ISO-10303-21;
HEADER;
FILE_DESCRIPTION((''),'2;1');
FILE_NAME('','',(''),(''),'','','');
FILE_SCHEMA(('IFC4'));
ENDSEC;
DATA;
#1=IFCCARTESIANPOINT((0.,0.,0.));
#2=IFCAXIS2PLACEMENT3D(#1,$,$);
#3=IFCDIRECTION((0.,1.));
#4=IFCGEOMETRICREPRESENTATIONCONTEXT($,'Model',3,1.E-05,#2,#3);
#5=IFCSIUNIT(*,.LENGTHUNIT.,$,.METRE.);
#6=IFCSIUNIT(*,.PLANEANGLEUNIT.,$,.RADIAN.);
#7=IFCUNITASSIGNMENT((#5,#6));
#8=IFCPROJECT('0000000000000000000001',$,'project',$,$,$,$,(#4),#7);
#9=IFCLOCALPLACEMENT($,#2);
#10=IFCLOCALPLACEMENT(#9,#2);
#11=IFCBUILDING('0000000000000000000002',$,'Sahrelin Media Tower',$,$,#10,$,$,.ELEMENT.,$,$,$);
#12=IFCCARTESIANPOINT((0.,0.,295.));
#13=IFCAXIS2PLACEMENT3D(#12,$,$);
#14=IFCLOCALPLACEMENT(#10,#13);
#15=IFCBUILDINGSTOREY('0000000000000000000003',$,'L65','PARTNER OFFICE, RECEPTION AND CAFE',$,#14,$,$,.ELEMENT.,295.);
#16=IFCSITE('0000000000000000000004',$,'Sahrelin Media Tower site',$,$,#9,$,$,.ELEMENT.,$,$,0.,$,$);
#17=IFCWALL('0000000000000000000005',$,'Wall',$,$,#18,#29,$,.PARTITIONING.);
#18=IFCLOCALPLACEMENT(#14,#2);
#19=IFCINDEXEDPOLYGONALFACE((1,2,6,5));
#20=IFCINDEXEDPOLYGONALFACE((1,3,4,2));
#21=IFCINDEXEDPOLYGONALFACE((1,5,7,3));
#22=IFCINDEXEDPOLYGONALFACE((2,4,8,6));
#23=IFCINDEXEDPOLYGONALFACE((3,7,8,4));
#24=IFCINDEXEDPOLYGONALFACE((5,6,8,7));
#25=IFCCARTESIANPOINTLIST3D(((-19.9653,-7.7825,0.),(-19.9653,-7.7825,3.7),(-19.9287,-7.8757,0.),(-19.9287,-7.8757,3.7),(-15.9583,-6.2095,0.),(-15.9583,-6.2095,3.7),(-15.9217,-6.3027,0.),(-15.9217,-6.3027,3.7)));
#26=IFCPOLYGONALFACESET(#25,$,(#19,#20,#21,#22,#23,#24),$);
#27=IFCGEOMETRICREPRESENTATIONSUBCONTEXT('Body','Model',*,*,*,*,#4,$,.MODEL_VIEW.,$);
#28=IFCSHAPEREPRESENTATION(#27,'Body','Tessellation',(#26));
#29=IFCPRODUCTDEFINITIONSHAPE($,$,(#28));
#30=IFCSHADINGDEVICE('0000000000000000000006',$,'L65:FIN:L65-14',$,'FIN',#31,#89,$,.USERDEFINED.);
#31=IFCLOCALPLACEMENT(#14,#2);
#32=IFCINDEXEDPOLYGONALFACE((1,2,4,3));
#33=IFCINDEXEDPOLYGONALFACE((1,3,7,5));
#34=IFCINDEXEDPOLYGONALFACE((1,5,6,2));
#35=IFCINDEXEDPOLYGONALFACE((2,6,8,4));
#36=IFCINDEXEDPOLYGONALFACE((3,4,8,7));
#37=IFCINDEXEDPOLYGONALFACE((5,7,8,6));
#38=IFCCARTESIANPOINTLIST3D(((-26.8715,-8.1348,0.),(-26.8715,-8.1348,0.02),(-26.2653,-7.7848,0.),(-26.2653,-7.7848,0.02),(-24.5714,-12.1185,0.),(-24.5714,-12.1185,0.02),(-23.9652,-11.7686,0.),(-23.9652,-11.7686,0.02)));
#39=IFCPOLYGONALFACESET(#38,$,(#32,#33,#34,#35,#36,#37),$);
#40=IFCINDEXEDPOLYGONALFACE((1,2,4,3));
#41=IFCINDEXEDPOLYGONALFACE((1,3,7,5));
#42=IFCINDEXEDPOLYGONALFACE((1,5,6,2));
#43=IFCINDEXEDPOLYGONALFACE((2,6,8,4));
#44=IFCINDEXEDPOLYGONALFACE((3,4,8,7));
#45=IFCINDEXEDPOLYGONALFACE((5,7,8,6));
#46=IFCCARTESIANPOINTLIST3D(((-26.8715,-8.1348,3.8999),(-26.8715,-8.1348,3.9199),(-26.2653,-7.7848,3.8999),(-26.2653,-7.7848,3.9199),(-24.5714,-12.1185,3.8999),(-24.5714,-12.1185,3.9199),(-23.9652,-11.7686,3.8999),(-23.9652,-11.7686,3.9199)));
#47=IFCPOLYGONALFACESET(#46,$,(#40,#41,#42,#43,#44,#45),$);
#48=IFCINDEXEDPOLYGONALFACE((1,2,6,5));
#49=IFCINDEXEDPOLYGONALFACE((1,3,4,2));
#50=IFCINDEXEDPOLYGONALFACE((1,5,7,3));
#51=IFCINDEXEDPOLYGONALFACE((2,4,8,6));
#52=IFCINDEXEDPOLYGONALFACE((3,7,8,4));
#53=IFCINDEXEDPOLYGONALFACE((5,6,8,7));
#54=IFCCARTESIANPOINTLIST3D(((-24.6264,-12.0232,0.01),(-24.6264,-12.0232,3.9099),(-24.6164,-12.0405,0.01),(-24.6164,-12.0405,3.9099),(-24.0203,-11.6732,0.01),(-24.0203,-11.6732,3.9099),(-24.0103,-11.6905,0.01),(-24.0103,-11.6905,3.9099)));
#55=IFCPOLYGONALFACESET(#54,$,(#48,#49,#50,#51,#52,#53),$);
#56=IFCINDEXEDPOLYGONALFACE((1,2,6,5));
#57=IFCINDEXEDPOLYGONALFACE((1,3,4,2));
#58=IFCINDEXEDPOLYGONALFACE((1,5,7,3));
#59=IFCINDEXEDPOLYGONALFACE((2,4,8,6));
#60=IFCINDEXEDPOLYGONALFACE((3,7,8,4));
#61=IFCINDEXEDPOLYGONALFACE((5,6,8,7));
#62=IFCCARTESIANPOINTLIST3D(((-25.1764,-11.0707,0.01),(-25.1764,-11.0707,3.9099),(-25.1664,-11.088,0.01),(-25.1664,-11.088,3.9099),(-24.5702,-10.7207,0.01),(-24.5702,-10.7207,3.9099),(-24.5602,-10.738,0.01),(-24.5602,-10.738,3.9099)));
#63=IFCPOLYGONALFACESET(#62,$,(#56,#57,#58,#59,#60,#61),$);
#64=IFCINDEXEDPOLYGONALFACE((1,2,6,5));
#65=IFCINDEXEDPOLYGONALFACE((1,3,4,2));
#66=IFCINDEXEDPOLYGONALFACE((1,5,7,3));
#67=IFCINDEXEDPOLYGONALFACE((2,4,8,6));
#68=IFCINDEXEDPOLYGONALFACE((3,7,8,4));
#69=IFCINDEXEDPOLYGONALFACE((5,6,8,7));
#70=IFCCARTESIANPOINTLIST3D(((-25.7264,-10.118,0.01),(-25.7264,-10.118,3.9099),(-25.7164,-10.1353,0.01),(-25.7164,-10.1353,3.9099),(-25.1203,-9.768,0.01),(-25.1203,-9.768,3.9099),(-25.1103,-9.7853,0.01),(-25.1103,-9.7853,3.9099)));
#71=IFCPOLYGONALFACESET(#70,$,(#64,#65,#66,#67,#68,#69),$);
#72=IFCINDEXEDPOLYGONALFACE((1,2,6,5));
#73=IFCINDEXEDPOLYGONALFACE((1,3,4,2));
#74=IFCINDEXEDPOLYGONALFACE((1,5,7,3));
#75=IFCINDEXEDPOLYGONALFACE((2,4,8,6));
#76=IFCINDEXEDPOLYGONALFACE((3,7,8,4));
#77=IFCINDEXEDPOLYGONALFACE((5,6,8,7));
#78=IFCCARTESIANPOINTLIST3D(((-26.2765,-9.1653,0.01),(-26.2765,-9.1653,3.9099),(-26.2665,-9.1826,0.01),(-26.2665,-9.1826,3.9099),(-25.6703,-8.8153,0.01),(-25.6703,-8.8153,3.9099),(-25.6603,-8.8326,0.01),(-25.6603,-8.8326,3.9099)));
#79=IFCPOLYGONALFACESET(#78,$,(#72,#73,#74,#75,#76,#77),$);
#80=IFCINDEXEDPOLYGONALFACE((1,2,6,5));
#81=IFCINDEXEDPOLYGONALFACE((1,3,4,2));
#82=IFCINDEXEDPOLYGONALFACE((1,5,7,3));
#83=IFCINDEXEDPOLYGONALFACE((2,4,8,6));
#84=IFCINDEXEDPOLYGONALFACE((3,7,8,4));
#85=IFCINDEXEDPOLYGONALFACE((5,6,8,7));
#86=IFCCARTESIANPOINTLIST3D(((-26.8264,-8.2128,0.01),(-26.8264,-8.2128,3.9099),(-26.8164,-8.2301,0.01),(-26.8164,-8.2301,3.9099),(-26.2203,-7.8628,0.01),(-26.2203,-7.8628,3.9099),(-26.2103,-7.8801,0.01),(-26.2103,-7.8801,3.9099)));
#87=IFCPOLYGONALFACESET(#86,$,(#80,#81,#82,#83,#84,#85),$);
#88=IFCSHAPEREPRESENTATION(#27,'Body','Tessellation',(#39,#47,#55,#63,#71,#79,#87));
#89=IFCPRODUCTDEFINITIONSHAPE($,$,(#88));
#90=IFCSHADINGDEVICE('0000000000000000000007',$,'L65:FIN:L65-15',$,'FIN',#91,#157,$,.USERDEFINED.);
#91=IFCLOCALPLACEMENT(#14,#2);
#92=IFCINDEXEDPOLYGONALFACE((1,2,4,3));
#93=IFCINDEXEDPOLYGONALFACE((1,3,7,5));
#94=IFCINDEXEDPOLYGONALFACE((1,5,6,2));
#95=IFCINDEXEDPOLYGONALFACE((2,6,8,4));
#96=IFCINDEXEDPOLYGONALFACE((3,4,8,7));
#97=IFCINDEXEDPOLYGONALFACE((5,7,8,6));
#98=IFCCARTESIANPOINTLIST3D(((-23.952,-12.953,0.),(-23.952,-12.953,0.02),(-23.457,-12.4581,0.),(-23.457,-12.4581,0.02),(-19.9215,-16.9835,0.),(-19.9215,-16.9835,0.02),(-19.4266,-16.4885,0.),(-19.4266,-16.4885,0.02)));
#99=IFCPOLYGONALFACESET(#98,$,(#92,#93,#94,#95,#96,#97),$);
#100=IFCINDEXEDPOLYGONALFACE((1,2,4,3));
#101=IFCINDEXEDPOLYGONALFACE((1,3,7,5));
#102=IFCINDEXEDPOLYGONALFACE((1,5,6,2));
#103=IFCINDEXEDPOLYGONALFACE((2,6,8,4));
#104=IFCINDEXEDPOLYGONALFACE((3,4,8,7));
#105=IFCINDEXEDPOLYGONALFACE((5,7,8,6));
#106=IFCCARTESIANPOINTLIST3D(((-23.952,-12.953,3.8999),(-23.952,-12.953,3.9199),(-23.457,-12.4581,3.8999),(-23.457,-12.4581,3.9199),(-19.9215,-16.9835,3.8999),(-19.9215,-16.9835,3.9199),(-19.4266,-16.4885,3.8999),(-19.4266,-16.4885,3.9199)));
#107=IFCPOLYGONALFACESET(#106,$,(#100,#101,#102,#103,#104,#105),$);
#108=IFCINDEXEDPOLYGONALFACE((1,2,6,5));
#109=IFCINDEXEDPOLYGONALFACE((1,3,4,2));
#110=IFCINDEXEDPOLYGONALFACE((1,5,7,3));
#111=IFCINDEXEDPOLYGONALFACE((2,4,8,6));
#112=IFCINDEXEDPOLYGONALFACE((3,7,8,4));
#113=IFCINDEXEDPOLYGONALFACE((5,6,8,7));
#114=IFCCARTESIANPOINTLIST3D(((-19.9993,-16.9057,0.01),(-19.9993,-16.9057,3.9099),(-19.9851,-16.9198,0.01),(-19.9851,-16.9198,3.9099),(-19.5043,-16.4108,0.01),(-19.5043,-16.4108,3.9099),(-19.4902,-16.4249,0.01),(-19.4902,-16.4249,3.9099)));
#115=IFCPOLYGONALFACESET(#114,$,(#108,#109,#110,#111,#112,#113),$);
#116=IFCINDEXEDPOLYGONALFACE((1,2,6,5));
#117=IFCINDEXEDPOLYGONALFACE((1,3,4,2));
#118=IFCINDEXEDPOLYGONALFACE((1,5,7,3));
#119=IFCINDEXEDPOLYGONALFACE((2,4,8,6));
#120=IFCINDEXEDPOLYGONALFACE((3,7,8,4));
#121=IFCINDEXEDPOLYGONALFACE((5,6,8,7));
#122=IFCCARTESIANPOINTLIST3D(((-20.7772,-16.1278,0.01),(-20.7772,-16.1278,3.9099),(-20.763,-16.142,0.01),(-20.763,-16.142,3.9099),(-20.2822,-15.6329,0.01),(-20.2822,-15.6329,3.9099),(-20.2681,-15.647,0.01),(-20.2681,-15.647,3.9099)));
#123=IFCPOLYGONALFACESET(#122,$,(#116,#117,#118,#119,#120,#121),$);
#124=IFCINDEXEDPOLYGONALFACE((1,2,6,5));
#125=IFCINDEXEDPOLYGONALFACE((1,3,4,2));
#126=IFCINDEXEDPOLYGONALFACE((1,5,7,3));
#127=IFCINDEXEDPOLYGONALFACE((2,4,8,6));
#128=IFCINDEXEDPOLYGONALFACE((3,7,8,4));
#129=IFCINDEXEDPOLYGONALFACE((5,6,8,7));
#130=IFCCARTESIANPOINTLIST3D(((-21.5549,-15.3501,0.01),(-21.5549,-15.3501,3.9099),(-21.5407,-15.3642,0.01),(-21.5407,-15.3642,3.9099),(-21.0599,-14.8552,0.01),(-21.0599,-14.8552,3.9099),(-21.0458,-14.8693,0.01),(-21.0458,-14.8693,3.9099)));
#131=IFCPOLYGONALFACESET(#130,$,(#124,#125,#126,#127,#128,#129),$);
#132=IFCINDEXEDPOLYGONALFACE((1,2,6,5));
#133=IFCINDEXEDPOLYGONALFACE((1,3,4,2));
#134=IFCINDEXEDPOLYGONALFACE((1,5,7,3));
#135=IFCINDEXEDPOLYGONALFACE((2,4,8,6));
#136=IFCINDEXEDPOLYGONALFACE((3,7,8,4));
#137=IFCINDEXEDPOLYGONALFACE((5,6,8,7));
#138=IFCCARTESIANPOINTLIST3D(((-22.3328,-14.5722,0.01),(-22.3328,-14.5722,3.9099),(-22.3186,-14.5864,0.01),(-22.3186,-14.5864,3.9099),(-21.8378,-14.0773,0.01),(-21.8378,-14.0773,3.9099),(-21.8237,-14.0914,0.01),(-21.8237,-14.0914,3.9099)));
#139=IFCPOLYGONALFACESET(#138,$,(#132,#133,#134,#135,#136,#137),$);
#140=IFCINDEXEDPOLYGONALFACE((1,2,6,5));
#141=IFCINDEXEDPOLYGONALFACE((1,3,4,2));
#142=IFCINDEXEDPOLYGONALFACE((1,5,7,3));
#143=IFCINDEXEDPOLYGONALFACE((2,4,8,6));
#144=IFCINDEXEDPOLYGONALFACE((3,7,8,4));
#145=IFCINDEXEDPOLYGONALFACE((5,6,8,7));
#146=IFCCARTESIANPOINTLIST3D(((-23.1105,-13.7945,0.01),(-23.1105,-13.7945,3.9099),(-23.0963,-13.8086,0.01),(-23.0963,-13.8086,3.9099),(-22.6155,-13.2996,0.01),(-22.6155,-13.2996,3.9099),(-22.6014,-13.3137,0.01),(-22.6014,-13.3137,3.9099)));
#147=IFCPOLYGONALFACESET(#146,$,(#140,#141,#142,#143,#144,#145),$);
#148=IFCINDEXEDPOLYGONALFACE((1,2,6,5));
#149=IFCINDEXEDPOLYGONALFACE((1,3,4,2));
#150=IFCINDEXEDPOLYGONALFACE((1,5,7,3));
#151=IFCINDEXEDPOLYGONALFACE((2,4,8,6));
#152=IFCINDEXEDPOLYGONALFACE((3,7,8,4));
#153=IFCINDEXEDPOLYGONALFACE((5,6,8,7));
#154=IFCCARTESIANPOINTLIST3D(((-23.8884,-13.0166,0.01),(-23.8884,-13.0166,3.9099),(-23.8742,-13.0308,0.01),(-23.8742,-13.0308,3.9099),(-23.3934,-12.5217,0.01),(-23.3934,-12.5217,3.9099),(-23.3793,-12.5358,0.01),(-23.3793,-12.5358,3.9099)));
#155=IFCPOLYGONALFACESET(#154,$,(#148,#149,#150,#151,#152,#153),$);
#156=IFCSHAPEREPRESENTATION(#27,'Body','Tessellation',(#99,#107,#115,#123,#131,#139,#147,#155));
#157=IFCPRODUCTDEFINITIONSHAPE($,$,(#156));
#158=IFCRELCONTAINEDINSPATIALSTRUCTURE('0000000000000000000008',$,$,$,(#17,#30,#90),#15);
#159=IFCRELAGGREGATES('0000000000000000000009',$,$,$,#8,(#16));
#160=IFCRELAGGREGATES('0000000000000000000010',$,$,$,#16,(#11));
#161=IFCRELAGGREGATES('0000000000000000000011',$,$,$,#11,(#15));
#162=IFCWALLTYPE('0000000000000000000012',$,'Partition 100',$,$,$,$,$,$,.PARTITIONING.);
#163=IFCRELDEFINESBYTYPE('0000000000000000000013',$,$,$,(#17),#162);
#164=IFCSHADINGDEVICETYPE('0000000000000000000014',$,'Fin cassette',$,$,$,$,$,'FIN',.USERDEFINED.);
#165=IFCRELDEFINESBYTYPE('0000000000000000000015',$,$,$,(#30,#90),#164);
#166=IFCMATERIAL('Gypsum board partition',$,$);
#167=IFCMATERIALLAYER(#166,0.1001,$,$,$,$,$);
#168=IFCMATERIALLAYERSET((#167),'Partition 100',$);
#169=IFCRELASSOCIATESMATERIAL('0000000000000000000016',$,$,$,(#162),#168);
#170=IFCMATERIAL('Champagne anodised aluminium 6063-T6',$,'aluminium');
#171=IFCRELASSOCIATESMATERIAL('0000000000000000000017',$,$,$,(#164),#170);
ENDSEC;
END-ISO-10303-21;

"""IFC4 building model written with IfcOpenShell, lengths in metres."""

from ifc_helpers import new_model, si_unit, direction, frame, frame_2d, origin, origin_2d, place, context, subcontext, project, spatial, rectangle, extrude, material, layer, layer_set, type_object, element, save


model = new_model("IFC4")

# Units and contexts
model_context = context("Model", 3, precision=1e-05, world=origin(), true_north=direction((0.0, 1.0)))
body_context = subcontext(model_context, "Body", "Model", "MODEL_VIEW")
ifc_project = project(units=[si_unit("LENGTHUNIT", "METRE"), si_unit("PLANEANGLEUNIT", "RADIAN")], contexts=[model_context])

# Site, building, storey
site_placement = place(None, origin())
site = spatial("IfcSite", under=ifc_project, at=site_placement, Name="Sahrelin Media Tower site", CompositionType="ELEMENT", RefElevation=0.0)
building_placement = place(site_placement, origin())
building = spatial("IfcBuilding", under=site, at=building_placement, Name="Sahrelin Media Tower", CompositionType="ELEMENT")
storey_placement = place(building_placement, frame((0.0, 0.0, 295.0)))
storey = spatial("IfcBuildingStorey", under=building, at=storey_placement, Name="L65", Description="PARTNER OFFICE, RECEPTION AND CAFE", CompositionType="ELEMENT", Elevation=295.0)

# Shared definitions
ifc_material_1 = material(Name="Champagne anodised aluminium 6063-T6", Category="aluminium")

# Wall
ifc_material_2 = material(Name="Gypsum board partition")
ifc_layer_1 = layer(ifc_material_2, 0.1001)
ifc_layer_set_1 = layer_set([ifc_layer_1], Name="Partition 100")
wall_type = type_object("IfcWallType", Name="Partition 100", PredefinedType="PARTITIONING", material=ifc_layer_set_1)
wall_placement = place(storey_placement, frame((-19.947, -7.8291, 0.0), z_axis=(0.0, 0.0, 1.0), x_axis=(0.930847, 0.365408, 0.0)))
element("IfcWall", 1, at=wall_placement, inside=storey, type_object=wall_type, Name="Wall", PredefinedType="PARTITIONING", context=body_context, shape_type="SweptSolid", body=[
    extrude(rectangle(XDim=4.3047, YDim=0.1001, at=frame_2d((2.1523, 0.0))), origin(), (0.0, 0.0, 1.0), 3.7),
])

# Shading devices
shading_device_type_1 = type_object("IfcShadingDeviceType", Name="Fin cassette", ElementType="FIN", PredefinedType="USERDEFINED", material=ifc_material_1)
placement_1 = place(storey_placement, frame((-25.0547, -9.7417, 0.0), z_axis=(0.0, 0.0, 1.0), x_axis=(-0.500011, 0.866019, 0.0)))
element("IfcShadingDevice", 2, at=placement_1, inside=storey, type_object=shading_device_type_1, Name="L65:FIN:L65-14", ObjectType="FIN", PredefinedType="USERDEFINED", context=body_context, shape_type="SweptSolid", body=[
    extrude(rectangle(XDim=4.6001, YDim=0.7, at=origin_2d()), frame((0.0, 0.4199, 0.0)), (0.0, 0.0, 1.0), 0.02),
    extrude(rectangle(XDim=4.6001, YDim=0.7, at=origin_2d()), frame((0.0, 0.4199, 3.8999)), (0.0, 0.0, 1.0), 0.02),
    extrude(rectangle(XDim=0.02, YDim=0.7, at=origin_2d()), frame((-2.2, 0.4199, 0.01), z_axis=(0.0, 0.0, 1.0), x_axis=(1.0, 0.0, 0.0)), (0.0, 0.0, 1.0), 3.8999),
    extrude(rectangle(XDim=0.02, YDim=0.7, at=origin_2d()), frame((-1.1001, 0.4199, 0.01), z_axis=(0.0, 0.0, 1.0), x_axis=(1.0, 0.0, 0.0)), (0.0, 0.0, 1.0), 3.8999),
    extrude(rectangle(XDim=0.02, YDim=0.7, at=origin_2d()), frame((0.0, 0.4199, 0.01), z_axis=(0.0, 0.0, 1.0), x_axis=(1.0, 0.0, 0.0)), (0.0, 0.0, 1.0), 3.8999),
    extrude(rectangle(XDim=0.02, YDim=0.7, at=origin_2d()), frame((1.1001, 0.4199, 0.01), z_axis=(0.0, 0.0, 1.0), x_axis=(1.0, 0.0, 0.0)), (0.0, 0.0, 1.0), 3.8999),
    extrude(rectangle(XDim=0.02, YDim=0.7, at=origin_2d()), frame((2.2, 0.4199, 0.01), z_axis=(0.0, 0.0, 1.0), x_axis=(1.0, 0.0, 0.0)), (0.0, 0.0, 1.0), 3.8999),
])
placement_2 = place(storey_placement, frame((-21.3923, -14.4238, 0.0), z_axis=(0.0, 0.0, 1.0), x_axis=(-0.707107, 0.707107, 0.0)))
element("IfcShadingDevice", 3, at=placement_2, inside=storey, type_object=shading_device_type_1, Name="L65:FIN:L65-15", ObjectType="FIN", PredefinedType="USERDEFINED", context=body_context, shape_type="SweptSolid", body=[
    extrude(rectangle(XDim=5.7, YDim=0.7, at=origin_2d()), frame((0.0, 0.4199, 0.0)), (0.0, 0.0, 1.0), 0.02),
    extrude(rectangle(XDim=5.7, YDim=0.7, at=origin_2d()), frame((0.0, 0.4199, 3.8999)), (0.0, 0.0, 1.0), 0.02),
    extrude(rectangle(XDim=0.02, YDim=0.7, at=origin_2d()), frame((-2.75, 0.4199, 0.01), z_axis=(0.0, 0.0, 1.0), x_axis=(1.0, 0.0, 0.0)), (0.0, 0.0, 1.0), 3.8999),
    extrude(rectangle(XDim=0.02, YDim=0.7, at=origin_2d()), frame((-1.6499, 0.4199, 0.01), z_axis=(0.0, 0.0, 1.0), x_axis=(1.0, 0.0, 0.0)), (0.0, 0.0, 1.0), 3.8999),
    extrude(rectangle(XDim=0.02, YDim=0.7, at=origin_2d()), frame((-0.55, 0.4199, 0.01), z_axis=(0.0, 0.0, 1.0), x_axis=(1.0, 0.0, 0.0)), (0.0, 0.0, 1.0), 3.8999),
    extrude(rectangle(XDim=0.02, YDim=0.7, at=origin_2d()), frame((0.55, 0.4199, 0.01), z_axis=(0.0, 0.0, 1.0), x_axis=(1.0, 0.0, 0.0)), (0.0, 0.0, 1.0), 3.8999),
    extrude(rectangle(XDim=0.02, YDim=0.7, at=origin_2d()), frame((1.6499, 0.4199, 0.01), z_axis=(0.0, 0.0, 1.0), x_axis=(1.0, 0.0, 0.0)), (0.0, 0.0, 1.0), 3.8999),
    extrude(rectangle(XDim=0.02, YDim=0.7, at=origin_2d()), frame((2.75, 0.4199, 0.01), z_axis=(0.0, 0.0, 1.0), x_axis=(1.0, 0.0, 0.0)), (0.0, 0.0, 1.0), 3.8999),
])

save(model, "model.ifc")
